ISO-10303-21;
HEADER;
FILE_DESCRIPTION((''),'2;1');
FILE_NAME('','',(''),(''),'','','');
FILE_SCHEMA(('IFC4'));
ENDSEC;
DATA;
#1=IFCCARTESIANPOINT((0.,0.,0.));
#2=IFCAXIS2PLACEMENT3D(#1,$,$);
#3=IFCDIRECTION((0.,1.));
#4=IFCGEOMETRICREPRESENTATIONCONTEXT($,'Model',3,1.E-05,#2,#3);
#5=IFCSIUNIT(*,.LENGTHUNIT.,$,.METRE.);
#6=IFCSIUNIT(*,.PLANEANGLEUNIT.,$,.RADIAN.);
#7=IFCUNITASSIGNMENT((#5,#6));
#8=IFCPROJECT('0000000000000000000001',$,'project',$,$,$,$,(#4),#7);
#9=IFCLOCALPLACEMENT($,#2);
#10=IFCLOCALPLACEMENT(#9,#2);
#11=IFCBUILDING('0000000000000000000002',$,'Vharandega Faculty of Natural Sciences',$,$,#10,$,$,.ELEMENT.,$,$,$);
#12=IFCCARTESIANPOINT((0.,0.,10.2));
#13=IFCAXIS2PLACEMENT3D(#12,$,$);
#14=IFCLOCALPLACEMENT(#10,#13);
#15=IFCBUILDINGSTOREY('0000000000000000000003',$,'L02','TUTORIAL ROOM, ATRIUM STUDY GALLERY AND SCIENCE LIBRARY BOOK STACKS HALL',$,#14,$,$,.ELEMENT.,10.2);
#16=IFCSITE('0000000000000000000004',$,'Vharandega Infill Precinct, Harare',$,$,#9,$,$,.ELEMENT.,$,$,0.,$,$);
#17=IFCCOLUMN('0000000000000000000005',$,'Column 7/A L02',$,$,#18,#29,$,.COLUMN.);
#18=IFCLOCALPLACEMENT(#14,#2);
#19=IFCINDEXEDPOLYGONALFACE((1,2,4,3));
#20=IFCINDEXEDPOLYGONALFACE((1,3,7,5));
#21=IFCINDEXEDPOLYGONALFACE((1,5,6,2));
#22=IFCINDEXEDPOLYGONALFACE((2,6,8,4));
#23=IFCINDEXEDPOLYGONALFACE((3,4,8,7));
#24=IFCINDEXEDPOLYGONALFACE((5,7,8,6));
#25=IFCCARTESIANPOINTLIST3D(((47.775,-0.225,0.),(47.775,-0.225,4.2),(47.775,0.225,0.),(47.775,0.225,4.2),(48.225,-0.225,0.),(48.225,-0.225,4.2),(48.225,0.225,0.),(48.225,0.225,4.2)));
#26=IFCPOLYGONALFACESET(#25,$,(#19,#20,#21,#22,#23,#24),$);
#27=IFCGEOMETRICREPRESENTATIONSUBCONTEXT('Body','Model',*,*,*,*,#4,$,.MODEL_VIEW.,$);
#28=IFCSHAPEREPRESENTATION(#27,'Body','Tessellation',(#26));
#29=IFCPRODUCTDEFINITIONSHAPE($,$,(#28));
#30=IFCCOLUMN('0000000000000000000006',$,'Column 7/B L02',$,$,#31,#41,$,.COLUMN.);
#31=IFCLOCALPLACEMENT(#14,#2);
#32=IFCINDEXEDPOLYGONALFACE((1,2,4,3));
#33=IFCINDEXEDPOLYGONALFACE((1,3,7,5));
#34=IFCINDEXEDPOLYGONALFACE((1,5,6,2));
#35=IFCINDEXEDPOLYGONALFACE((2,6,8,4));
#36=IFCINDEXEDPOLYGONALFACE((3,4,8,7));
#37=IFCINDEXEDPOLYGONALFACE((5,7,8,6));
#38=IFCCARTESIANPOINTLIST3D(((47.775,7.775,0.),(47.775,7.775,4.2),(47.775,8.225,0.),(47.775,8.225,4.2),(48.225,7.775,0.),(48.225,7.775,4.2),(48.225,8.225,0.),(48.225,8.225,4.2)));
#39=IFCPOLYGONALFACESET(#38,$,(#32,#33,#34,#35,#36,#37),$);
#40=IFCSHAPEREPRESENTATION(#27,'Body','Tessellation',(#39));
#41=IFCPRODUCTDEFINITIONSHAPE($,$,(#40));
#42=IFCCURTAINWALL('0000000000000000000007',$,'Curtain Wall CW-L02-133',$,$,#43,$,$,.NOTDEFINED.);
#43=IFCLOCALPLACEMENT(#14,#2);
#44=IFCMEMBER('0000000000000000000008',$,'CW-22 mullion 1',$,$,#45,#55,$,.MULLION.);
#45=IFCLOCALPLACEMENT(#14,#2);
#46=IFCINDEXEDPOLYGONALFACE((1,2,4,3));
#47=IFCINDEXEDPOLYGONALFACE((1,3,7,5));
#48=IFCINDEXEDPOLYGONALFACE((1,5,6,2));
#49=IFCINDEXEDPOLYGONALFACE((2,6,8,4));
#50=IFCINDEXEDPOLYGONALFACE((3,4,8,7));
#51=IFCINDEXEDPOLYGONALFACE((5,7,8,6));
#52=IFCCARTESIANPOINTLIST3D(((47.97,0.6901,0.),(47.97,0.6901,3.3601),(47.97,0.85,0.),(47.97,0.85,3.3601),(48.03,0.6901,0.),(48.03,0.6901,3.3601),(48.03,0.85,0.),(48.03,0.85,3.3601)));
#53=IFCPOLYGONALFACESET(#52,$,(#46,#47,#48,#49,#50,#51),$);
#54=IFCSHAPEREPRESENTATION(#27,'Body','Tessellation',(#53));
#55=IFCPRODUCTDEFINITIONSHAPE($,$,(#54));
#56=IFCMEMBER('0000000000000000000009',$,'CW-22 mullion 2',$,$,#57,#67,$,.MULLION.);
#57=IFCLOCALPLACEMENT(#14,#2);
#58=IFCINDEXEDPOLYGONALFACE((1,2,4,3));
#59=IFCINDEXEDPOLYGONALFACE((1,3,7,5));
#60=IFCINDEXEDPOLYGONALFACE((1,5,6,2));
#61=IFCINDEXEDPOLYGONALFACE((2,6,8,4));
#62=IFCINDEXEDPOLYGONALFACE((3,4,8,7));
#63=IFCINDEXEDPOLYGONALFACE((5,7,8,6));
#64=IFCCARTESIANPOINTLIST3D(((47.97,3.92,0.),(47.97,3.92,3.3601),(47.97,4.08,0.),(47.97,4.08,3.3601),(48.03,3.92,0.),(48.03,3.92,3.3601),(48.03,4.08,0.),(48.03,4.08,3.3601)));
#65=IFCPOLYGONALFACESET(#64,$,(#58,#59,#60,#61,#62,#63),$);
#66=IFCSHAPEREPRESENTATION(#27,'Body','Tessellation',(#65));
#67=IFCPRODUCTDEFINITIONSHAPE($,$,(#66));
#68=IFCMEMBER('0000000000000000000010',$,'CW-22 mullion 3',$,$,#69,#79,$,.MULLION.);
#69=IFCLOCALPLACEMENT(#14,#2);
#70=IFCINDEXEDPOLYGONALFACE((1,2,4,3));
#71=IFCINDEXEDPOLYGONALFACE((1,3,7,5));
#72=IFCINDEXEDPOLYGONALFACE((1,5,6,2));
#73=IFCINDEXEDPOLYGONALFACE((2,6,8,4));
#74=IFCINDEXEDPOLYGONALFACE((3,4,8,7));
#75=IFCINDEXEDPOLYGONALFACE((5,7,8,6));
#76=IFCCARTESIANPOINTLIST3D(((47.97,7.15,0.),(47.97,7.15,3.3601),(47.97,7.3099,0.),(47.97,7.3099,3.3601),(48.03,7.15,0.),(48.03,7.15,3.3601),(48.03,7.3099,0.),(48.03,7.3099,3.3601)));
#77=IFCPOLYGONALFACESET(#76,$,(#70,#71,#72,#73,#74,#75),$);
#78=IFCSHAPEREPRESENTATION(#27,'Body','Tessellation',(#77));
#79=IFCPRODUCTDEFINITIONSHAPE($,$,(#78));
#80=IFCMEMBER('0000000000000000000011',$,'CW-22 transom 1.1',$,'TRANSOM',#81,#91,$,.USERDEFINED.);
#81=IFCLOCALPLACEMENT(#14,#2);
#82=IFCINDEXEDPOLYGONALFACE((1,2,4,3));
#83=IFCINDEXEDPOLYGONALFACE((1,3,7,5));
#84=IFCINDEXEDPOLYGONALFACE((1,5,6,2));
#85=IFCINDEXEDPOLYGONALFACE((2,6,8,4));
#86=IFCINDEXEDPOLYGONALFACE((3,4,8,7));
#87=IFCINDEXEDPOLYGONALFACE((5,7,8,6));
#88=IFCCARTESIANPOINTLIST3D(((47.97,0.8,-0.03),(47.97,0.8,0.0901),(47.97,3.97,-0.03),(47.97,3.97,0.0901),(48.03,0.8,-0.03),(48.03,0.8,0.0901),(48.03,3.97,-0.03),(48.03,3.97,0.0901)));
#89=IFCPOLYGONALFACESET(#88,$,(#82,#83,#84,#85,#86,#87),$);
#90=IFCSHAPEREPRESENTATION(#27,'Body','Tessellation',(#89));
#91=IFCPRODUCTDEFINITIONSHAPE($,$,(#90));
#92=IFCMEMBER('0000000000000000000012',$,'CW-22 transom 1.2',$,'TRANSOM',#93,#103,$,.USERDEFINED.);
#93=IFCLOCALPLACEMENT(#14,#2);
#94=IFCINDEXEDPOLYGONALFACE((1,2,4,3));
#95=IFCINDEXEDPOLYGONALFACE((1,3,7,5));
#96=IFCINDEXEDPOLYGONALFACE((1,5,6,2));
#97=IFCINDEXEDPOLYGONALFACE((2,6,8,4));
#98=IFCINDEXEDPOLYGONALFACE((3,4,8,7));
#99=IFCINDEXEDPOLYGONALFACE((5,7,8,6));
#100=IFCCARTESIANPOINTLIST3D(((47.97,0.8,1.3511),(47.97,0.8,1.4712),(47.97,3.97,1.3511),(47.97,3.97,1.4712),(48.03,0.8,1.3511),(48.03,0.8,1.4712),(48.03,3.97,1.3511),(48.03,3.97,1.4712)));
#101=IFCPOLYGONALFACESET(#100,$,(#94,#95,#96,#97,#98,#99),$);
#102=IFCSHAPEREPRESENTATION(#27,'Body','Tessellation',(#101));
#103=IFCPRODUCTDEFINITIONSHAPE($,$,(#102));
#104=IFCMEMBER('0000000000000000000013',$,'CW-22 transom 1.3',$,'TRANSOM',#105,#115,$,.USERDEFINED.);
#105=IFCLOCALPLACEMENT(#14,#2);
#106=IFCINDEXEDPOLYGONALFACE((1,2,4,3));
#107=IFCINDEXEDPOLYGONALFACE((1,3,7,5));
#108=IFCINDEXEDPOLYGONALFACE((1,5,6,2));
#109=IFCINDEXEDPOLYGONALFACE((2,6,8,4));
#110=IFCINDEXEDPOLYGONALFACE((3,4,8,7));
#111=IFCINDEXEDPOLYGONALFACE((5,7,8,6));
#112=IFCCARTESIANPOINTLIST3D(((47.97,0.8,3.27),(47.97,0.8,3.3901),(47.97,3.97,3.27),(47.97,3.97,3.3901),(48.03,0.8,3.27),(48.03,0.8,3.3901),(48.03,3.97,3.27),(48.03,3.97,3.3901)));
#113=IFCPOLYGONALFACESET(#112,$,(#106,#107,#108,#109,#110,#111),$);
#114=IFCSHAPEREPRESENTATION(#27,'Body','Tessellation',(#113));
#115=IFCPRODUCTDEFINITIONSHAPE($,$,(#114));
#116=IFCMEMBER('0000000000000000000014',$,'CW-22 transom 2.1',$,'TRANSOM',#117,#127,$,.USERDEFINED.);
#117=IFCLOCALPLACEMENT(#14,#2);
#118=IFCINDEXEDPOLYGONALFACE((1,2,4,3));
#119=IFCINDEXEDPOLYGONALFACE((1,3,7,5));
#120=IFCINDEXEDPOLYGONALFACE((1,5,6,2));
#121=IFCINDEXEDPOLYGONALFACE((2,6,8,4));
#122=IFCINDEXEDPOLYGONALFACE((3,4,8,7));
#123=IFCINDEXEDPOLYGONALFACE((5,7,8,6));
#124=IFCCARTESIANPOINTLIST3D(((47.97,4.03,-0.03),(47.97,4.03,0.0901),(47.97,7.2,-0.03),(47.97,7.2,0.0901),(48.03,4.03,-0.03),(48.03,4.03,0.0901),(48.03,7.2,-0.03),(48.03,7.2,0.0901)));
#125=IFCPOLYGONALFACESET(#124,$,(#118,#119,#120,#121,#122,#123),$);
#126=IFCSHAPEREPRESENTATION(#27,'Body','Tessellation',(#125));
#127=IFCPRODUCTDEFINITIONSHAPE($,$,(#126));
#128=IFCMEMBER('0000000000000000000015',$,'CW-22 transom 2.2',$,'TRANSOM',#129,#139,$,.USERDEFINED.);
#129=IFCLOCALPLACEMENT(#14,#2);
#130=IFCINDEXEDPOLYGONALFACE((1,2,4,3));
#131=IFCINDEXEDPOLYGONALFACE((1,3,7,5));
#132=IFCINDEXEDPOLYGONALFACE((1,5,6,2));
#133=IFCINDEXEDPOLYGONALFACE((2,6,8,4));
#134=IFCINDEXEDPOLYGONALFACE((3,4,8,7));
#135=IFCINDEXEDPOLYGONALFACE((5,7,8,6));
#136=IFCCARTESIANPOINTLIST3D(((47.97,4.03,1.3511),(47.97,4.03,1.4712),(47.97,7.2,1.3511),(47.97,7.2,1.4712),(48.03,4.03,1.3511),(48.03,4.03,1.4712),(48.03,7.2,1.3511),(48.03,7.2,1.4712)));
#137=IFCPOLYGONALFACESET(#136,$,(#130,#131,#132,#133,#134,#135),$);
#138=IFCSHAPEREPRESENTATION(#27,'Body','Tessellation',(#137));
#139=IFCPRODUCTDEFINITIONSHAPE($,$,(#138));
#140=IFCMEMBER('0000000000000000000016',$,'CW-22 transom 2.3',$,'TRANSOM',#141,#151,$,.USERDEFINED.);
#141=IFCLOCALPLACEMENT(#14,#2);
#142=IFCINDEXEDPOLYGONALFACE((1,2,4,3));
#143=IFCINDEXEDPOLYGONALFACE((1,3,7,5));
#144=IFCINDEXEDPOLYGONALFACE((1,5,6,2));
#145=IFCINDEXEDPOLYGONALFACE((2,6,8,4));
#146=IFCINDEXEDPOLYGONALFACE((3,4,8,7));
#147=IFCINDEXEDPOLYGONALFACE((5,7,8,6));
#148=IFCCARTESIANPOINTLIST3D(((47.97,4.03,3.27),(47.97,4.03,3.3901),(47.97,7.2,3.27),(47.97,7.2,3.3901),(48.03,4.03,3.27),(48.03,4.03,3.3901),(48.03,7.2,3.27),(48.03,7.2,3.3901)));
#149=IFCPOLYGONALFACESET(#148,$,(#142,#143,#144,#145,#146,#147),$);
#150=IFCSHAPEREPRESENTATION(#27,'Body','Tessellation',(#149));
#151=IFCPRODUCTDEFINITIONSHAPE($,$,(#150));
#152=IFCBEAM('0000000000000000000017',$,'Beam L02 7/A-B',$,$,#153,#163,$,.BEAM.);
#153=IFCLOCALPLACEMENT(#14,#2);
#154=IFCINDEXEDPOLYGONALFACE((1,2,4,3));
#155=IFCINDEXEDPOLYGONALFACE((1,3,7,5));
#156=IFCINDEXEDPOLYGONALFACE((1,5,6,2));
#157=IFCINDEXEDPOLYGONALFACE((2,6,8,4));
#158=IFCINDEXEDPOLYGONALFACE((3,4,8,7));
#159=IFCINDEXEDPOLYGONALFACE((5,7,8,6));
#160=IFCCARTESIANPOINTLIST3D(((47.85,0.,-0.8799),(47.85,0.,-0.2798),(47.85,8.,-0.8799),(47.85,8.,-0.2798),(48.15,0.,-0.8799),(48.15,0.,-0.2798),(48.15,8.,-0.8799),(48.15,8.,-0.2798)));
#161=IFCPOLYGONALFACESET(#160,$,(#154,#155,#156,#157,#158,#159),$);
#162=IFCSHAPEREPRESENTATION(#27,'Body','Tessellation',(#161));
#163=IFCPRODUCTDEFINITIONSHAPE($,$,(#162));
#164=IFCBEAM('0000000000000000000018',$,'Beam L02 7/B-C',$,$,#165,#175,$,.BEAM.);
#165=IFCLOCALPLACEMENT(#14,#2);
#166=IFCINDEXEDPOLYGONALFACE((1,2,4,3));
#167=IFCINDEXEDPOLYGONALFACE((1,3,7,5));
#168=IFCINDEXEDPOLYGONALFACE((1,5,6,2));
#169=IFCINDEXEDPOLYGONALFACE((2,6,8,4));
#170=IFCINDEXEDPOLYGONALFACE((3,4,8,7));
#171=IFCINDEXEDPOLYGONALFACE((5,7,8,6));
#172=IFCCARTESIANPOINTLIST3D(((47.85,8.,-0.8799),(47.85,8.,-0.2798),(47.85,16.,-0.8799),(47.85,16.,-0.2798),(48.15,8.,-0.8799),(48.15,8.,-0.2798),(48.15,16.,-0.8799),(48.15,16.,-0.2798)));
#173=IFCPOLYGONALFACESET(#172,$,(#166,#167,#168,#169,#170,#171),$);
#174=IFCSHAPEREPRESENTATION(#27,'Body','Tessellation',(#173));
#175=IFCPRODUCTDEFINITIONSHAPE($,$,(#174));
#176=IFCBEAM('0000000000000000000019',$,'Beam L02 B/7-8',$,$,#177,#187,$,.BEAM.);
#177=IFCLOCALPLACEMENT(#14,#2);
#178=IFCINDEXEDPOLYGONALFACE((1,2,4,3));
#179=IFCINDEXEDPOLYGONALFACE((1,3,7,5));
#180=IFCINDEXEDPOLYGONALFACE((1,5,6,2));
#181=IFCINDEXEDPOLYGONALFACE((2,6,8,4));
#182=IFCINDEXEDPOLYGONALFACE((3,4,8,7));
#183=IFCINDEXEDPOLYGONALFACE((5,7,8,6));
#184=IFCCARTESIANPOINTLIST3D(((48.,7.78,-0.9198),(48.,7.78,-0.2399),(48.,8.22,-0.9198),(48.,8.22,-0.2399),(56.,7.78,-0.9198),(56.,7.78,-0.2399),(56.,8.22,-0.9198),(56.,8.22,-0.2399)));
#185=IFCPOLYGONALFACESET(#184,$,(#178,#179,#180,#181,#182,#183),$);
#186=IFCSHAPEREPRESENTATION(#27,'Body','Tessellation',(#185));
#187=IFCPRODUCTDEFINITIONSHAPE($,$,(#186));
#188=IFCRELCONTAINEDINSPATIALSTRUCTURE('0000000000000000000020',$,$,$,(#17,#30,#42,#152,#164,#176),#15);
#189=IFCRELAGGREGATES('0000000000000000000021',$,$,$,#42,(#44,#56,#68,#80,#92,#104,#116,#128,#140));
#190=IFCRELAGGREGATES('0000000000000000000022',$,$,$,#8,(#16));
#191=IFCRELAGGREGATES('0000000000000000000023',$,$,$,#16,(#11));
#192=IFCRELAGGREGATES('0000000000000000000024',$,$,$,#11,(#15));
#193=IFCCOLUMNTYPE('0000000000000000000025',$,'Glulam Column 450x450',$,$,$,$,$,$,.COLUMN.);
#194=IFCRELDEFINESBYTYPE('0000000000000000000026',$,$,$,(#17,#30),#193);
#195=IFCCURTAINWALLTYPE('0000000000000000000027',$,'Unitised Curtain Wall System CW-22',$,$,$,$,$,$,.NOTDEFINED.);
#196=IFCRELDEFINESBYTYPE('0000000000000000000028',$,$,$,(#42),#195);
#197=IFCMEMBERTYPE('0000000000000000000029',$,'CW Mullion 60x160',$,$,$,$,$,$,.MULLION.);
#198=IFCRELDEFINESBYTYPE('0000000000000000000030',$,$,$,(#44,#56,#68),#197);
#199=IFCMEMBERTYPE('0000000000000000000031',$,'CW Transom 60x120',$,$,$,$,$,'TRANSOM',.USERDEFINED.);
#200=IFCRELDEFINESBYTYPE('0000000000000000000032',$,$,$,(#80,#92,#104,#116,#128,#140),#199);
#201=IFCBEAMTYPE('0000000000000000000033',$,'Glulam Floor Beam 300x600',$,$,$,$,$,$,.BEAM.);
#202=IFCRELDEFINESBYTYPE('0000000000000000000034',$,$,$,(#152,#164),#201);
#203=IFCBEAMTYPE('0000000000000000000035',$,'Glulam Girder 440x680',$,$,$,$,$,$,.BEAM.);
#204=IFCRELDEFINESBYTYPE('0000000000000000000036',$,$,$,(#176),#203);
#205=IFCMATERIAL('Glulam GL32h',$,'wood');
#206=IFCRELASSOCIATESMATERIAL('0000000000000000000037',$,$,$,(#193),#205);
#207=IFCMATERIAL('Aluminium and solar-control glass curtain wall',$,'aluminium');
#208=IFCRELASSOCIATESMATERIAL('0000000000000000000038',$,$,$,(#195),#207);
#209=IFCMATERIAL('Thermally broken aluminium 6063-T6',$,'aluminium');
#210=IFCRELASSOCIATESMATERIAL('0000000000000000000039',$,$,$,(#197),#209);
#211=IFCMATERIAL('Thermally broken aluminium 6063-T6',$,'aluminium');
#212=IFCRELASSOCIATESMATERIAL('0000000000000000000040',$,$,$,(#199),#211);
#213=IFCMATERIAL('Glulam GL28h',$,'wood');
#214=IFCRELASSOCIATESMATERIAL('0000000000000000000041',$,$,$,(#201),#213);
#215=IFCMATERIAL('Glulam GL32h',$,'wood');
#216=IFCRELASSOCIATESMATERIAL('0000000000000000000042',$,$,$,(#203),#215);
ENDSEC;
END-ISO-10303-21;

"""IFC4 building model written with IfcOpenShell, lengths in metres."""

from ifc_helpers import new_model, si_unit, direction, frame, origin, origin_2d, place, context, subcontext, project, spatial, rectangle, extrude, material, material_profile, profile_set, type_object, element, aggregate, save


model = new_model("IFC4")

# Units and contexts
model_context = context("Model", 3, precision=1e-05, world=origin(), true_north=direction((0.0, 1.0)))
body_context = subcontext(model_context, "Body", "Model", "MODEL_VIEW")
ifc_project = project(units=[si_unit("LENGTHUNIT", "METRE"), si_unit("PLANEANGLEUNIT", "RADIAN")], contexts=[model_context])

# Site, building, storey
site_placement = place(None, origin())
site = spatial("IfcSite", under=ifc_project, at=site_placement, Name="Vharandega Infill Precinct, Harare", CompositionType="ELEMENT", RefElevation=0.0)
building_placement = place(site_placement, origin())
building = spatial("IfcBuilding", under=site, at=building_placement, Name="Vharandega Faculty of Natural Sciences", CompositionType="ELEMENT")
storey_placement = place(building_placement, frame((0.0, 0.0, 10.2)))
storey = spatial("IfcBuildingStorey", under=building, at=storey_placement, Name="L02", Description="TUTORIAL ROOM, ATRIUM STUDY GALLERY AND SCIENCE LIBRARY BOOK STACKS HALL", CompositionType="ELEMENT", Elevation=10.2)

# Columns
ifc_material_1 = material(Name="Glulam GL32h", Category="wood")
ifc_material_profile_1 = material_profile(ifc_material_1, rectangle(XDim=0.45, YDim=0.45, at=origin_2d()), Name="GL32h 450x450")
ifc_profile_set_1 = profile_set([ifc_material_profile_1], Name="Glulam GL32h")
column_type = type_object("IfcColumnType", Name="Glulam Column 450x450", PredefinedType="COLUMN", material=ifc_profile_set_1)
for number, where, z_axis, x_axis, name in (
    (1, (48.0, 0.0, 0.0), (0.0, 0.0, 1.0), (1.0, 0.0, 0.0), "Column 7/A L02"),
    (2, (48.0, 8.0, 0.0), (0.0, 0.0, 1.0), (1.0, 0.0, 0.0), "Column 7/B L02"),
):
    element("IfcColumn", number, at=place(storey_placement, frame(where, z_axis=z_axis, x_axis=x_axis)), inside=storey, type_object=column_type, Name=name, PredefinedType="COLUMN", context=body_context, shape_type="SweptSolid", body=[
        extrude(rectangle(XDim=0.45, YDim=0.45, at=origin_2d()), origin(), (0.0, 0.0, 1.0), 4.2),
    ])

# Curtain wall, members
ifc_material_2 = material(Name="Aluminium and solar-control glass curtain wall", Category="aluminium")
curtain_wall_type = type_object("IfcCurtainWallType", Name="Unitised Curtain Wall System CW-22", PredefinedType="NOTDEFINED", material=ifc_material_2)
curtain_wall_placement = place(storey_placement, origin())
curtain_wall = element("IfcCurtainWall", 3, at=curtain_wall_placement, inside=storey, type_object=curtain_wall_type, Name="Curtain Wall CW-L02-133", PredefinedType="NOTDEFINED")
ifc_material_3 = material(Name="Thermally broken aluminium 6063-T6", Category="aluminium")
ifc_material_profile_2 = material_profile(ifc_material_3, rectangle(XDim=0.0601, YDim=0.1599, at=origin_2d()), Name="ALU 60x160")
ifc_profile_set_2 = profile_set([ifc_material_profile_2], Name="Thermally broken aluminium 6063-T6")
member_type_1 = type_object("IfcMemberType", Name="CW Mullion 60x160", PredefinedType="MULLION", material=ifc_profile_set_2)
member_1_placement = place(storey_placement, frame((48.0, 0.77, 0.0), z_axis=(0.0, 0.0, 1.0), x_axis=(-1.0, 0.0, 0.0)))
member_1 = element("IfcMember", 4, at=member_1_placement, type_object=member_type_1, Name="CW-22 mullion 1", PredefinedType="MULLION", context=body_context, shape_type="SweptSolid", body=[
    extrude(rectangle(XDim=0.0601, YDim=0.1599, at=origin_2d()), origin(), (0.0, 0.0, 1.0), 3.3601),
])
member_2_placement = place(storey_placement, frame((48.0, 4.0, 0.0), z_axis=(0.0, 0.0, 1.0), x_axis=(-1.0, 0.0, 0.0)))
member_2 = element("IfcMember", 5, at=member_2_placement, type_object=member_type_1, Name="CW-22 mullion 2", PredefinedType="MULLION", context=body_context, shape_type="SweptSolid", body=[
    extrude(rectangle(XDim=0.0601, YDim=0.1599, at=origin_2d()), origin(), (0.0, 0.0, 1.0), 3.3601),
])
member_3_placement = place(storey_placement, frame((48.0, 7.23, 0.0), z_axis=(0.0, 0.0, 1.0), x_axis=(-1.0, 0.0, 0.0)))
member_3 = element("IfcMember", 6, at=member_3_placement, type_object=member_type_1, Name="CW-22 mullion 3", PredefinedType="MULLION", context=body_context, shape_type="SweptSolid", body=[
    extrude(rectangle(XDim=0.0601, YDim=0.1599, at=origin_2d()), origin(), (0.0, 0.0, 1.0), 3.3601),
])
ifc_material_4 = material(Name="Thermally broken aluminium 6063-T6", Category="aluminium")
ifc_material_profile_3 = material_profile(ifc_material_4, rectangle(XDim=0.0601, YDim=0.1201, at=origin_2d()), Name="ALU 60x120")
ifc_profile_set_3 = profile_set([ifc_material_profile_3], Name="Thermally broken aluminium 6063-T6")
member_type_2 = type_object("IfcMemberType", Name="CW Transom 60x120", ElementType="TRANSOM", PredefinedType="USERDEFINED", material=ifc_profile_set_3)
member_4_placement = place(storey_placement, frame((48.0, 0.8, 0.03), z_axis=(0.0, 1.0, 0.0), x_axis=(-1.0, 0.0, 0.0)))
member_4 = element("IfcMember", 7, at=member_4_placement, type_object=member_type_2, Name="CW-22 transom 1.1", ObjectType="TRANSOM", PredefinedType="USERDEFINED", context=body_context, shape_type="SweptSolid", body=[
    extrude(rectangle(XDim=0.0601, YDim=0.1201, at=origin_2d()), origin(), (0.0, 0.0, 1.0), 3.1699),
])
member_5_placement = place(storey_placement, frame((48.0, 0.8, 1.4111), z_axis=(0.0, 1.0, 0.0), x_axis=(-1.0, 0.0, 0.0)))
member_5 = element("IfcMember", 8, at=member_5_placement, type_object=member_type_2, Name="CW-22 transom 1.2", ObjectType="TRANSOM", PredefinedType="USERDEFINED", context=body_context, shape_type="SweptSolid", body=[
    extrude(rectangle(XDim=0.0601, YDim=0.1201, at=origin_2d()), origin(), (0.0, 0.0, 1.0), 3.1699),
])
member_6_placement = place(storey_placement, frame((48.0, 0.8, 3.3301), z_axis=(0.0, 1.0, 0.0), x_axis=(-1.0, 0.0, 0.0)))
member_6 = element("IfcMember", 9, at=member_6_placement, type_object=member_type_2, Name="CW-22 transom 1.3", ObjectType="TRANSOM", PredefinedType="USERDEFINED", context=body_context, shape_type="SweptSolid", body=[
    extrude(rectangle(XDim=0.0601, YDim=0.1201, at=origin_2d()), origin(), (0.0, 0.0, 1.0), 3.1699),
])
member_7_placement = place(storey_placement, frame((48.0, 4.03, 0.03), z_axis=(0.0, 1.0, 0.0), x_axis=(-1.0, 0.0, 0.0)))
member_7 = element("IfcMember", 10, at=member_7_placement, type_object=member_type_2, Name="CW-22 transom 2.1", ObjectType="TRANSOM", PredefinedType="USERDEFINED", context=body_context, shape_type="SweptSolid", body=[
    extrude(rectangle(XDim=0.0601, YDim=0.1201, at=origin_2d()), origin(), (0.0, 0.0, 1.0), 3.1699),
])
member_8_placement = place(storey_placement, frame((48.0, 4.03, 1.4111), z_axis=(0.0, 1.0, 0.0), x_axis=(-1.0, 0.0, 0.0)))
member_8 = element("IfcMember", 11, at=member_8_placement, type_object=member_type_2, Name="CW-22 transom 2.2", ObjectType="TRANSOM", PredefinedType="USERDEFINED", context=body_context, shape_type="SweptSolid", body=[
    extrude(rectangle(XDim=0.0601, YDim=0.1201, at=origin_2d()), origin(), (0.0, 0.0, 1.0), 3.1699),
])
member_9_placement = place(storey_placement, frame((48.0, 4.03, 3.3301), z_axis=(0.0, 1.0, 0.0), x_axis=(-1.0, 0.0, 0.0)))
member_9 = element("IfcMember", 12, at=member_9_placement, type_object=member_type_2, Name="CW-22 transom 2.3", ObjectType="TRANSOM", PredefinedType="USERDEFINED", context=body_context, shape_type="SweptSolid", body=[
    extrude(rectangle(XDim=0.0601, YDim=0.1201, at=origin_2d()), origin(), (0.0, 0.0, 1.0), 3.1699),
])

# Beams
ifc_material_5 = material(Name="Glulam GL28h", Category="wood")
ifc_material_profile_4 = material_profile(ifc_material_5, rectangle(XDim=0.3, YDim=0.6001, at=origin_2d()), Name="GL28h 300x600")
ifc_profile_set_4 = profile_set([ifc_material_profile_4], Name="Glulam GL28h")
beam_type_1 = type_object("IfcBeamType", Name="Glulam Floor Beam 300x600", PredefinedType="BEAM", material=ifc_profile_set_4)
for number, where, z_axis, x_axis, name in (
    (13, (48.0, 0.0, -0.5798), (0.0, 1.0, 0.0), (-1.0, 0.0, 0.0), "Beam L02 7/A-B"),
    (14, (48.0, 8.0, -0.5798), (0.0, 1.0, 0.0), (-1.0, 0.0, 0.0), "Beam L02 7/B-C"),
):
    element("IfcBeam", number, at=place(storey_placement, frame(where, z_axis=z_axis, x_axis=x_axis)), inside=storey, type_object=beam_type_1, Name=name, PredefinedType="BEAM", context=body_context, shape_type="SweptSolid", body=[
        extrude(rectangle(XDim=0.3, YDim=0.6001, at=origin_2d()), origin(), (0.0, 0.0, 1.0), 8.0),
    ])
ifc_material_6 = material(Name="Glulam GL32h", Category="wood")
ifc_material_profile_5 = material_profile(ifc_material_6, rectangle(XDim=0.4399, YDim=0.6799, at=origin_2d()), Name="GL32h 440x680")
ifc_profile_set_5 = profile_set([ifc_material_profile_5], Name="Glulam GL32h")
beam_type_2 = type_object("IfcBeamType", Name="Glulam Girder 440x680", PredefinedType="BEAM", material=ifc_profile_set_5)
beam_1_placement = place(storey_placement, frame((48.0, 8.0, -0.5798), z_axis=(1.0, 0.0, 0.0), x_axis=(0.0, 1.0, 0.0)))
element("IfcBeam", 15, at=beam_1_placement, inside=storey, type_object=beam_type_2, Name="Beam L02 B/7-8", PredefinedType="BEAM", context=body_context, shape_type="SweptSolid", body=[
    extrude(rectangle(XDim=0.4399, YDim=0.6799, at=origin_2d()), origin(), (0.0, 0.0, 1.0), 8.0),
])

aggregate(curtain_wall, [member_1, member_2, member_3, member_4, member_5, member_6, member_7, member_8, member_9])

save(model, "model.ifc")
